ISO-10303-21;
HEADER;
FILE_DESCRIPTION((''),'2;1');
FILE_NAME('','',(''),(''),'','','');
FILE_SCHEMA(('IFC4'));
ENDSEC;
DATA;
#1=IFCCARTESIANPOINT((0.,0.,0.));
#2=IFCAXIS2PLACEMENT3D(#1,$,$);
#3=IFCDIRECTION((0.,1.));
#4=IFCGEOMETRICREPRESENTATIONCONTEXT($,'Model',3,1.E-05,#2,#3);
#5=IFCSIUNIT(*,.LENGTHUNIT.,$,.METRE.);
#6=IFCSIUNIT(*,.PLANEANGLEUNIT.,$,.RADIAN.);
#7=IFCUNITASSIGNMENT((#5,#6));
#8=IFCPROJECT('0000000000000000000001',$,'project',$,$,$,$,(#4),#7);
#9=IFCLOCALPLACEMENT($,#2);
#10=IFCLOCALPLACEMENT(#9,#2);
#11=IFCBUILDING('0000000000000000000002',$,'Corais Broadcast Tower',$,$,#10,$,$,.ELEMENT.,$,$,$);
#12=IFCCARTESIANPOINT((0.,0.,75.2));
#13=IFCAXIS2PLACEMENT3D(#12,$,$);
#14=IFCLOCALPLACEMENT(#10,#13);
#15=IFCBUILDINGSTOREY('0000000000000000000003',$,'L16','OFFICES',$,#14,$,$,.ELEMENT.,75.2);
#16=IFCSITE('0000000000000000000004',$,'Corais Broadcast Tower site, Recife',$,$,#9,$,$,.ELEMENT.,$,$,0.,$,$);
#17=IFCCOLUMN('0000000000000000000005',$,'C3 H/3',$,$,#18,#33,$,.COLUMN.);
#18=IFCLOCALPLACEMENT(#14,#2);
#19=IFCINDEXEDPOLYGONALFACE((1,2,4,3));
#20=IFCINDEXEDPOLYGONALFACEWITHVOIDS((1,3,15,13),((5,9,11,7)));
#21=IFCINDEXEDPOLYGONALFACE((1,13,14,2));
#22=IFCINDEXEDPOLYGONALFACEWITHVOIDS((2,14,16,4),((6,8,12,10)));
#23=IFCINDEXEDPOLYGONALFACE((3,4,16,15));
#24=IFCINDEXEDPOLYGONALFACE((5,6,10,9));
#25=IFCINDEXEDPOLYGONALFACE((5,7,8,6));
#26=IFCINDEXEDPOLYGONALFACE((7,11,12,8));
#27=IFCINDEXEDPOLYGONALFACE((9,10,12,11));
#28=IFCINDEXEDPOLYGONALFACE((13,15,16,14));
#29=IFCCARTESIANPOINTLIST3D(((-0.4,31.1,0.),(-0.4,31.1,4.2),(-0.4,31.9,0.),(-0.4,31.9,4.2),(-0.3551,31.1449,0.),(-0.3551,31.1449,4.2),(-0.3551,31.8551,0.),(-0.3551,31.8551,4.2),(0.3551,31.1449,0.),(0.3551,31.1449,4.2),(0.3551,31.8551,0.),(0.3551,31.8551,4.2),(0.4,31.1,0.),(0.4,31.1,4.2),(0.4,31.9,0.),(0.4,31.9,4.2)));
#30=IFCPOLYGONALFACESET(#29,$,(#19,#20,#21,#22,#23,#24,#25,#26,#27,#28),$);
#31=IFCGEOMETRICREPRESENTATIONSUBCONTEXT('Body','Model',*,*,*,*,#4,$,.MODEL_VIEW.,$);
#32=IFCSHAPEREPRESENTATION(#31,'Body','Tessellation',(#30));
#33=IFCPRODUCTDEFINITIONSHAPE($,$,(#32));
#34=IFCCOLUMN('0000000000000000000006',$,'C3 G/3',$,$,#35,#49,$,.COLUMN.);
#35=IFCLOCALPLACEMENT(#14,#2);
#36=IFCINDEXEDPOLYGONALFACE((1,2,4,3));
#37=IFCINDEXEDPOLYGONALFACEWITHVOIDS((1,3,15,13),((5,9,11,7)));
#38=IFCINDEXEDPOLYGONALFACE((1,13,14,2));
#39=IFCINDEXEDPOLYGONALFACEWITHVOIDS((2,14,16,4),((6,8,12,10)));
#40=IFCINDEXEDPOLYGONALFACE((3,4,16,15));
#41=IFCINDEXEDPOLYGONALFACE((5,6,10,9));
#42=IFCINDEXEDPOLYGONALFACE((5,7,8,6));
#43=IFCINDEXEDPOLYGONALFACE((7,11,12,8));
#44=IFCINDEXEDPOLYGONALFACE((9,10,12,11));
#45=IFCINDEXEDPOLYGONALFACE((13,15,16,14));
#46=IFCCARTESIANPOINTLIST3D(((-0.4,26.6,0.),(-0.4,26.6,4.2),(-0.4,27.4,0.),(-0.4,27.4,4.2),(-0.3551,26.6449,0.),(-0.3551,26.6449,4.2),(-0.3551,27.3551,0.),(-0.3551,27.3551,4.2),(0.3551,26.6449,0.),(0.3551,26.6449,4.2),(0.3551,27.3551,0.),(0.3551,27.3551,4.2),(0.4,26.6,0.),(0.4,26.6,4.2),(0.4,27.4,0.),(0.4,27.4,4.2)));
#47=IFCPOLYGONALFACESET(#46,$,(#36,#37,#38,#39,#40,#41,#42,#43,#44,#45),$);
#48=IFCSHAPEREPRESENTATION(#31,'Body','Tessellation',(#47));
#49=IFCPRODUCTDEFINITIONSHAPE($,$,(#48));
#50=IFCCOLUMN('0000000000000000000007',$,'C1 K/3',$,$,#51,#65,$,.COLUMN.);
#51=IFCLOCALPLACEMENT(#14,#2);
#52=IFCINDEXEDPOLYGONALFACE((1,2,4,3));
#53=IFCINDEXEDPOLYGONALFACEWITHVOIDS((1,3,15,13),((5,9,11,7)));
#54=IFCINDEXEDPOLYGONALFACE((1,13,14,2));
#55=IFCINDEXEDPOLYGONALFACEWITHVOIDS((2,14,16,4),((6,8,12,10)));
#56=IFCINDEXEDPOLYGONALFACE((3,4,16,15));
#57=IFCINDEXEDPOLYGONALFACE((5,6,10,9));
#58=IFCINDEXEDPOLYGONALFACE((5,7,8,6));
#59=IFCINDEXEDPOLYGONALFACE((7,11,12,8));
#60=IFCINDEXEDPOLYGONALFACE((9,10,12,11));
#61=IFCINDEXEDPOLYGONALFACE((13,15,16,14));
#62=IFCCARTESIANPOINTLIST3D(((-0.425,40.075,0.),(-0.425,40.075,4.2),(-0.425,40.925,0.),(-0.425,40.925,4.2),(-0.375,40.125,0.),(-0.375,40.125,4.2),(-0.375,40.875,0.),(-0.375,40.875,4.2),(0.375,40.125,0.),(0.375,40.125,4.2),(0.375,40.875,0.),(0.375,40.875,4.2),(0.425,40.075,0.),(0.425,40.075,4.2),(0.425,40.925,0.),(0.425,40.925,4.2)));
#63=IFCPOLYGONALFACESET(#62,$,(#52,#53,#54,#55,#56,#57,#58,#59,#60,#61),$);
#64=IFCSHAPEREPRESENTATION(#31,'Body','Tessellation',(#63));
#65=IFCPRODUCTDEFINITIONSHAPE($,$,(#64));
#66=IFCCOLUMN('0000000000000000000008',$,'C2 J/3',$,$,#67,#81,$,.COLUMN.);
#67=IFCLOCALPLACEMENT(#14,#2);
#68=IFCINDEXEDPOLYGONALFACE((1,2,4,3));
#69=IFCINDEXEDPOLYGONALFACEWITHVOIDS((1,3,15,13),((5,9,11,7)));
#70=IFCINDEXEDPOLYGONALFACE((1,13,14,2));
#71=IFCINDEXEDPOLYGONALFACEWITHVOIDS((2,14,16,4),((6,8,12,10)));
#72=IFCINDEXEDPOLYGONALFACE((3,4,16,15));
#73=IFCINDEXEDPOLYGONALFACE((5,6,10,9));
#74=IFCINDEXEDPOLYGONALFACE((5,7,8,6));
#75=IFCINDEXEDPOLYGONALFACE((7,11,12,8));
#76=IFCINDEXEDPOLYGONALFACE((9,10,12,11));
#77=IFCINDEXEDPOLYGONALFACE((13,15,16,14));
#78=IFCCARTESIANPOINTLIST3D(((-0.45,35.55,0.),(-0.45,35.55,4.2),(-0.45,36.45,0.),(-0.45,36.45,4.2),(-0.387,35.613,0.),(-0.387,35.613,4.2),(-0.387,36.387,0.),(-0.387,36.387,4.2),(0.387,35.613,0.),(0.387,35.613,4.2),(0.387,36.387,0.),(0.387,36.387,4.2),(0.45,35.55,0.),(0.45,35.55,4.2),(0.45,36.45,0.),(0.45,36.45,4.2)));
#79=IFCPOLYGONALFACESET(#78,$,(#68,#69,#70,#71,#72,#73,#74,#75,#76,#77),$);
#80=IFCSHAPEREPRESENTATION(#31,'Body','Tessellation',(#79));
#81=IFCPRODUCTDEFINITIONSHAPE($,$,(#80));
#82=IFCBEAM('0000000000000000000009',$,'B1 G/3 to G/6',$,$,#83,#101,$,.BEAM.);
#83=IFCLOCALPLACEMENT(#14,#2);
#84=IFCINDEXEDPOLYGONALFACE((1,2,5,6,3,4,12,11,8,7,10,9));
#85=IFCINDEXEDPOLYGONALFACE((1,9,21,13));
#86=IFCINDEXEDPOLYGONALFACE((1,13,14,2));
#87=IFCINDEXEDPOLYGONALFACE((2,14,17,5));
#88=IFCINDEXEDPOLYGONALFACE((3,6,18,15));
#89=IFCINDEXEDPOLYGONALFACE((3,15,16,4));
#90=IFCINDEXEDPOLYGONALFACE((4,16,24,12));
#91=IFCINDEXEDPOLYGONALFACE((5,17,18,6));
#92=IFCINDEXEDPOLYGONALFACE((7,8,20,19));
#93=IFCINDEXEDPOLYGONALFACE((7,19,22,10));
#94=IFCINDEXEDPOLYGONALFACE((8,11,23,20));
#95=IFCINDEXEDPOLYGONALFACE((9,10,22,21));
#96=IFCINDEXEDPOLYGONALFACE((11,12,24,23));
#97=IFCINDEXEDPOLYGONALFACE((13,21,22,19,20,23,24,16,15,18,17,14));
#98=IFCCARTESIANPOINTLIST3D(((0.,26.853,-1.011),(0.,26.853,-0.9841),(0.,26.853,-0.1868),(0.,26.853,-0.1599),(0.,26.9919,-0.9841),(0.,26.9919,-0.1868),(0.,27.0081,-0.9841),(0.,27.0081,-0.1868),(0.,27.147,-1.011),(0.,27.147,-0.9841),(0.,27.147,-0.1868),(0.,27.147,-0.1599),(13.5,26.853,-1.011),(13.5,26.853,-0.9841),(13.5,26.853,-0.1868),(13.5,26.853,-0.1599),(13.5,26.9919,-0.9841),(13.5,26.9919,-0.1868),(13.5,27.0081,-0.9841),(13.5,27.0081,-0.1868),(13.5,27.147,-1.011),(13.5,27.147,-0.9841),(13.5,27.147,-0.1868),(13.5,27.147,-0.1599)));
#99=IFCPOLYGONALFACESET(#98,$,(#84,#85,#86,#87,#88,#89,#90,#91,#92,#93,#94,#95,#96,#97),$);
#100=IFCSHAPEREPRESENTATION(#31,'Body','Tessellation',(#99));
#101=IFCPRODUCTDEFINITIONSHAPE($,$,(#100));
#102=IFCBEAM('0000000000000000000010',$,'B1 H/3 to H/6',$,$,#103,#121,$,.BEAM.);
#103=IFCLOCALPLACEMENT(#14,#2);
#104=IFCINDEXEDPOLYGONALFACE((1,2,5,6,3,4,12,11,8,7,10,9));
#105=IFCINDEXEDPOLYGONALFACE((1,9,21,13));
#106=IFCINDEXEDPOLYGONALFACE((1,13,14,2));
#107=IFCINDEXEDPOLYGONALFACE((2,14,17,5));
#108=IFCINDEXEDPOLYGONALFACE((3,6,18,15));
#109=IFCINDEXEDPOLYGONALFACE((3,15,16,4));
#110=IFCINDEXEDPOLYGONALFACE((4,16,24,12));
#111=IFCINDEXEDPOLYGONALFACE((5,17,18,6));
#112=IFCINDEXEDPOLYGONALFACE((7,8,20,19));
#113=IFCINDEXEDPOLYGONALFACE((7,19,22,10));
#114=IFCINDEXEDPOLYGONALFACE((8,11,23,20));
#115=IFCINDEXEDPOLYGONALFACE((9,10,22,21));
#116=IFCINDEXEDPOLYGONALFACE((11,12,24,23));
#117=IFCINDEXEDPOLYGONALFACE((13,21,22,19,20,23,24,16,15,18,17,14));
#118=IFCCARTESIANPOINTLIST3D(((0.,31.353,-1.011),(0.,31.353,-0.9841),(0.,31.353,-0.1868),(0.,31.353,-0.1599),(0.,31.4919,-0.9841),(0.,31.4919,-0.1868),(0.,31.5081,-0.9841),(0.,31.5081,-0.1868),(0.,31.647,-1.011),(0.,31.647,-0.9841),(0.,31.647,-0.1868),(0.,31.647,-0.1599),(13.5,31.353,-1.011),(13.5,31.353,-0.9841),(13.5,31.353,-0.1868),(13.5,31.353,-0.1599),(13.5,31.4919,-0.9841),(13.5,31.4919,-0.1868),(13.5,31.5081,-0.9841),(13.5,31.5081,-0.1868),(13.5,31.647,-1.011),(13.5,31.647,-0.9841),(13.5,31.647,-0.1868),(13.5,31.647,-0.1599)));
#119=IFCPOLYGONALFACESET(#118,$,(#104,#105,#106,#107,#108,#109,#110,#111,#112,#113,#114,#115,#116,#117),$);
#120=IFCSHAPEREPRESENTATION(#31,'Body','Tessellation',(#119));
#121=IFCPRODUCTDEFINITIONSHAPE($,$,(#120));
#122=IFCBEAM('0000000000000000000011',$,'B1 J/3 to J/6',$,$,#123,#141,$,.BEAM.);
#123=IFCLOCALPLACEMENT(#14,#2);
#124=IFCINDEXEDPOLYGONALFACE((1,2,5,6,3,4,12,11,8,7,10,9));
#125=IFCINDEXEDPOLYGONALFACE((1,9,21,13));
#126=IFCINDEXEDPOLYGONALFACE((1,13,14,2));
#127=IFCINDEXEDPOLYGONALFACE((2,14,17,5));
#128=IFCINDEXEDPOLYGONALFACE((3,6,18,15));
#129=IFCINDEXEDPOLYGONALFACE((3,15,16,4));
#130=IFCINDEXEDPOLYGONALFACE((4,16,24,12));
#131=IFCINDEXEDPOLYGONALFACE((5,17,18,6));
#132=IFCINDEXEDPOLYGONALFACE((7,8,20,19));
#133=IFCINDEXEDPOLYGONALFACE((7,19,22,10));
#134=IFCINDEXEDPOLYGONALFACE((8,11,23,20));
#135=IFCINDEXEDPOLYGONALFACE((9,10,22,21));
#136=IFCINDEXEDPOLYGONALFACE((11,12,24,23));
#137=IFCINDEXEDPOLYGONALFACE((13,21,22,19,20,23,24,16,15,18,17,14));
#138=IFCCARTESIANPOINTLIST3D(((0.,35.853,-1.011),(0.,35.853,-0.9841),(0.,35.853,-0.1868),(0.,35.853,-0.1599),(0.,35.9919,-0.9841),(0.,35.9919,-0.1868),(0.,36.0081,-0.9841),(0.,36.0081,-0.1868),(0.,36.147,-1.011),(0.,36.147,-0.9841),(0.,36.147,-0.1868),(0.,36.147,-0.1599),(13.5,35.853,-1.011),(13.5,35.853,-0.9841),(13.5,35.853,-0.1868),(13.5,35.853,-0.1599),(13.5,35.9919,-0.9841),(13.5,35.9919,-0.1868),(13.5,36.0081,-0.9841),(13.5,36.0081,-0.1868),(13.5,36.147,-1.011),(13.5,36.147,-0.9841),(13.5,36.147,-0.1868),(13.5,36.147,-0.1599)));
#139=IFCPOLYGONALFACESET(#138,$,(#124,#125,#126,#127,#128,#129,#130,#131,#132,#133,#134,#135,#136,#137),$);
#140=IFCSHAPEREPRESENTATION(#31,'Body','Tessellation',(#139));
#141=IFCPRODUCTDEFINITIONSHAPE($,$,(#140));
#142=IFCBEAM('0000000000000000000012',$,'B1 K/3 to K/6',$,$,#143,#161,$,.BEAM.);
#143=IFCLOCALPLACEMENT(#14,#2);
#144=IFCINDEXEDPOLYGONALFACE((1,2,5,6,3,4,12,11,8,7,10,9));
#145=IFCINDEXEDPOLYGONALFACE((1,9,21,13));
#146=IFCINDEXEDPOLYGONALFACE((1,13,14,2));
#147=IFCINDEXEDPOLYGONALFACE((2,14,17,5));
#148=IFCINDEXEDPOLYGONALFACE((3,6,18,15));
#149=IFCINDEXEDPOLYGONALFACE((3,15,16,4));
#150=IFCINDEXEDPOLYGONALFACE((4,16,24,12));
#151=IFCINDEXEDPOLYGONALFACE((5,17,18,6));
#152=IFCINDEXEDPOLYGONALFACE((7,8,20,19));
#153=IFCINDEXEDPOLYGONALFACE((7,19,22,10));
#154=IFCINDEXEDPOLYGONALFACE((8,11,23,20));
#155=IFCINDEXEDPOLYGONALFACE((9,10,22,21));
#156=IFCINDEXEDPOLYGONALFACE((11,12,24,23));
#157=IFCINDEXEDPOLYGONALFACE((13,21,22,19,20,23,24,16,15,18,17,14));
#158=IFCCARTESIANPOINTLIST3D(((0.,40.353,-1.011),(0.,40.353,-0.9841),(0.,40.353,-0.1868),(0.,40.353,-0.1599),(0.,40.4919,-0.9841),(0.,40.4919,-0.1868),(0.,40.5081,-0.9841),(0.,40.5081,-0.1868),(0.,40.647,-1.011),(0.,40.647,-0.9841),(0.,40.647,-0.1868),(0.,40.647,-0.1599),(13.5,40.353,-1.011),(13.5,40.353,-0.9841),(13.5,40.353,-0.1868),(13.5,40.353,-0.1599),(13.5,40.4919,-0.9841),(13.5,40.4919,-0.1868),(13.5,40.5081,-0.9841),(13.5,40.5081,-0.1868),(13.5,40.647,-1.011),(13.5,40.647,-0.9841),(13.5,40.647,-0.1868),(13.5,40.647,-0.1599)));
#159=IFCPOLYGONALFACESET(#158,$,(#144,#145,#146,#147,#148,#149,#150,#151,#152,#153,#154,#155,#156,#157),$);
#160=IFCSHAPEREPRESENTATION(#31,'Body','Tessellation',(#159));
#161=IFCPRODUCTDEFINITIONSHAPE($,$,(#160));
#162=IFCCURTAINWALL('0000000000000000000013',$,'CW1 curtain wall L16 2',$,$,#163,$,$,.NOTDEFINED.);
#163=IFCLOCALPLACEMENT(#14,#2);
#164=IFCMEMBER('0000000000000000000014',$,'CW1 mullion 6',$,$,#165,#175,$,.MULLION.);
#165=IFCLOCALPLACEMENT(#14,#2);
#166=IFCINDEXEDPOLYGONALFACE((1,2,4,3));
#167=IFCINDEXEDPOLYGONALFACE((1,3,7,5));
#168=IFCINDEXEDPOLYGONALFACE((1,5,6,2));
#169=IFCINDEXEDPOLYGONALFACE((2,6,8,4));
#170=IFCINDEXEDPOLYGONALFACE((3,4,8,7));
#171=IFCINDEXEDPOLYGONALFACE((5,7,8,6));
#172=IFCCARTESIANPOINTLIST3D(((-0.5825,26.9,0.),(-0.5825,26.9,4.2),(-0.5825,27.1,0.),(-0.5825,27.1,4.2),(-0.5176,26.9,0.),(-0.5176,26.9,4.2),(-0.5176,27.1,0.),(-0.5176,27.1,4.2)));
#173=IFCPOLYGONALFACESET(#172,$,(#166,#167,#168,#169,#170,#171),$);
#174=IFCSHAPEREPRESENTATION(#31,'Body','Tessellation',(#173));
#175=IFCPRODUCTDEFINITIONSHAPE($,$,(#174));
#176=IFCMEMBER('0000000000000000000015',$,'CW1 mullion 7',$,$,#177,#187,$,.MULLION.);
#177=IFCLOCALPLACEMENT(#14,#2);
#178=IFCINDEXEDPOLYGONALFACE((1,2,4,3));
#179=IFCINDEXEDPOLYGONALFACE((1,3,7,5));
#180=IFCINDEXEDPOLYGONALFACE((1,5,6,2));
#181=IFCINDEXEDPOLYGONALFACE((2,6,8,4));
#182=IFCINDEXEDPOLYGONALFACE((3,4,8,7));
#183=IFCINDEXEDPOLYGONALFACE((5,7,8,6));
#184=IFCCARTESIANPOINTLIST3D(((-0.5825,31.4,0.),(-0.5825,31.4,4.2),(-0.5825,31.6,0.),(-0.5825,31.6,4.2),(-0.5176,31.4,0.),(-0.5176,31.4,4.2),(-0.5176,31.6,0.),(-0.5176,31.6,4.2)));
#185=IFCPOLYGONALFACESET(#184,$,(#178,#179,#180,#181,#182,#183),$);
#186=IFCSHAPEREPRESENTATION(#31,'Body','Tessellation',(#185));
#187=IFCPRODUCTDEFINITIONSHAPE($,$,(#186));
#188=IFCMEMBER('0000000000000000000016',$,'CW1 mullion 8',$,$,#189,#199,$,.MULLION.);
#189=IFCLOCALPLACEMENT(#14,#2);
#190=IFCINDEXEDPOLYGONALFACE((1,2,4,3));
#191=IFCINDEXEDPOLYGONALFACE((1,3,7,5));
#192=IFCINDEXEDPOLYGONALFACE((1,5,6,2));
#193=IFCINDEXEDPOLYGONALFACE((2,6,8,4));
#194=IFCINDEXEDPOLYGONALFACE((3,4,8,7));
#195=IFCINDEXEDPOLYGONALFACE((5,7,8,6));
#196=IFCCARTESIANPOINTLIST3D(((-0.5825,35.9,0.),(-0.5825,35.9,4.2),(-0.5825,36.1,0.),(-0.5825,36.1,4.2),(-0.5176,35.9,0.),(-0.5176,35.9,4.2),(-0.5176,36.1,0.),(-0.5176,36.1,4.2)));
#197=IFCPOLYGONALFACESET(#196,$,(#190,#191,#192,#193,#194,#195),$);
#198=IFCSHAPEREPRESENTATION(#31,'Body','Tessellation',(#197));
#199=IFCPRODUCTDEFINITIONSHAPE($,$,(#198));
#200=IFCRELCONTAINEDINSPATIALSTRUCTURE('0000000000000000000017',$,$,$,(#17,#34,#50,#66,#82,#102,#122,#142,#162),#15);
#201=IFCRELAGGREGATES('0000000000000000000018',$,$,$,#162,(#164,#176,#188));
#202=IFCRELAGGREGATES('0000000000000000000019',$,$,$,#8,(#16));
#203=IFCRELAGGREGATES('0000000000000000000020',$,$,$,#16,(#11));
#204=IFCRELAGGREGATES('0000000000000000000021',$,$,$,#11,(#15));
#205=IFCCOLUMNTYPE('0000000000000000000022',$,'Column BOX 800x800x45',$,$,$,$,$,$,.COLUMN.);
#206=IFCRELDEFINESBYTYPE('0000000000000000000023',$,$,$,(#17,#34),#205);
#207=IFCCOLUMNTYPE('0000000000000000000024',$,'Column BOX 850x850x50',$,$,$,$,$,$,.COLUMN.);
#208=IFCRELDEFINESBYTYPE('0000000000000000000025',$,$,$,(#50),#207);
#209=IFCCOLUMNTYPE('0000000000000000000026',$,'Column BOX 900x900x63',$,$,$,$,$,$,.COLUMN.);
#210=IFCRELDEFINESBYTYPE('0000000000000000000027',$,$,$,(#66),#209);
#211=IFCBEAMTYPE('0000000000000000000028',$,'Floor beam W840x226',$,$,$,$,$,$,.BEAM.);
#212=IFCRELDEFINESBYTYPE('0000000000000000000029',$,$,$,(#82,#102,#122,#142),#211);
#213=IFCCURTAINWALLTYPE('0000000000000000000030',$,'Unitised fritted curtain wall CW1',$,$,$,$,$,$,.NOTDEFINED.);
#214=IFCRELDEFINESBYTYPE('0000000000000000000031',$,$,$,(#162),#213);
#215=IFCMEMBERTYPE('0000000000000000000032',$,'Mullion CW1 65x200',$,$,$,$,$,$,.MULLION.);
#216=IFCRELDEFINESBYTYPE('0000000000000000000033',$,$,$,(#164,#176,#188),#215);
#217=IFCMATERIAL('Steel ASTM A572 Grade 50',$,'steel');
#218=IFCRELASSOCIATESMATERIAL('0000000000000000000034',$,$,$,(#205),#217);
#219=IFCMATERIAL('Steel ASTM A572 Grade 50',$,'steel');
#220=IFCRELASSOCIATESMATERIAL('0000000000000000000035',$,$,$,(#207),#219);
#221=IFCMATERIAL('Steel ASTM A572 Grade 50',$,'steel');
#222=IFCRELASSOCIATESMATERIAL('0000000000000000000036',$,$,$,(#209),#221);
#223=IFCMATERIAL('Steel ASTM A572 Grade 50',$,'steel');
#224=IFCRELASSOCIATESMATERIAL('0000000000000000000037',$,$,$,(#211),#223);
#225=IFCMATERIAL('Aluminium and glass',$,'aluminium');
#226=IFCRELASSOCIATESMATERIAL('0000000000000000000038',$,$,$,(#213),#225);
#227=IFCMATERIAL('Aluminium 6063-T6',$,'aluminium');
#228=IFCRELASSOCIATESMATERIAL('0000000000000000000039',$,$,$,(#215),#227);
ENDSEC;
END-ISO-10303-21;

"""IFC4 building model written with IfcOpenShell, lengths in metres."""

from ifc_helpers import new_model, si_unit, direction, frame, origin, origin_2d, place, context, subcontext, project, spatial, rectangle, hollow_rectangle, i_section, extrude, material, material_profile, profile_set, type_object, element, aggregate, save


model = new_model("IFC4")

# Units and contexts
model_context = context("Model", 3, precision=1e-05, world=origin(), true_north=direction((0.0, 1.0)))
body_context = subcontext(model_context, "Body", "Model", "MODEL_VIEW")
ifc_project = project(units=[si_unit("LENGTHUNIT", "METRE"), si_unit("PLANEANGLEUNIT", "RADIAN")], contexts=[model_context])

# Site, building, storey
site_placement = place(None, origin())
site = spatial("IfcSite", under=ifc_project, at=site_placement, Name="Corais Broadcast Tower site, Recife", CompositionType="ELEMENT", RefElevation=0.0)
building_placement = place(site_placement, origin())
building = spatial("IfcBuilding", under=site, at=building_placement, Name="Corais Broadcast Tower", CompositionType="ELEMENT")
storey_placement = place(building_placement, frame((0.0, 0.0, 75.2)))
storey = spatial("IfcBuildingStorey", under=building, at=storey_placement, Name="L16", Description="OFFICES", CompositionType="ELEMENT", Elevation=75.2)

# Columns
ifc_material_1 = material(Name="Steel ASTM A572 Grade 50", Category="steel")
ifc_material_profile_1 = material_profile(ifc_material_1, hollow_rectangle(XDim=0.8, YDim=0.8, WallThickness=0.0449, at=origin_2d()), Name="BOX 800x800x45")
ifc_profile_set_1 = profile_set([ifc_material_profile_1], Name="Steel ASTM A572 Grade 50")
column_type_1 = type_object("IfcColumnType", Name="Column BOX 800x800x45", PredefinedType="COLUMN", material=ifc_profile_set_1)
for number, where, z_axis, x_axis, name in (
    (1, (0.0, 31.5, 0.0), (0.0, 0.0, 1.0), (1.0, 0.0, 0.0), "C3 H/3"),
    (2, (0.0, 27.0, 0.0), (0.0, 0.0, 1.0), (1.0, 0.0, 0.0), "C3 G/3"),
):
    element("IfcColumn", number, at=place(storey_placement, frame(where, z_axis=z_axis, x_axis=x_axis)), inside=storey, type_object=column_type_1, Name=name, PredefinedType="COLUMN", context=body_context, shape_type="SweptSolid", body=[
        extrude(hollow_rectangle(XDim=0.8, YDim=0.8, WallThickness=0.0449, at=origin_2d()), origin(), (0.0, 0.0, 1.0), 4.2),
    ])
ifc_material_2 = material(Name="Steel ASTM A572 Grade 50", Category="steel")
ifc_material_profile_2 = material_profile(ifc_material_2, hollow_rectangle(XDim=0.8501, YDim=0.8501, WallThickness=0.05, at=origin_2d()), Name="BOX 850x850x50")
ifc_profile_set_2 = profile_set([ifc_material_profile_2], Name="Steel ASTM A572 Grade 50")
column_type_2 = type_object("IfcColumnType", Name="Column BOX 850x850x50", PredefinedType="COLUMN", material=ifc_profile_set_2)
column_1_placement = place(storey_placement, frame((0.0, 40.5, 0.0), z_axis=(0.0, 0.0, 1.0), x_axis=(1.0, 0.0, 0.0)))
element("IfcColumn", 3, at=column_1_placement, inside=storey, type_object=column_type_2, Name="C1 K/3", PredefinedType="COLUMN", context=body_context, shape_type="SweptSolid", body=[
    extrude(hollow_rectangle(XDim=0.8501, YDim=0.8501, WallThickness=0.05, at=origin_2d()), origin(), (0.0, 0.0, 1.0), 4.2),
])
ifc_material_3 = material(Name="Steel ASTM A572 Grade 50", Category="steel")
ifc_material_profile_3 = material_profile(ifc_material_3, hollow_rectangle(XDim=0.8999, YDim=0.8999, WallThickness=0.063, at=origin_2d()), Name="BOX 900x900x63")
ifc_profile_set_3 = profile_set([ifc_material_profile_3], Name="Steel ASTM A572 Grade 50")
column_type_3 = type_object("IfcColumnType", Name="Column BOX 900x900x63", PredefinedType="COLUMN", material=ifc_profile_set_3)
column_2_placement = place(storey_placement, frame((0.0, 36.0, 0.0), z_axis=(0.0, 0.0, 1.0), x_axis=(1.0, 0.0, 0.0)))
element("IfcColumn", 4, at=column_2_placement, inside=storey, type_object=column_type_3, Name="C2 J/3", PredefinedType="COLUMN", context=body_context, shape_type="SweptSolid", body=[
    extrude(hollow_rectangle(XDim=0.8999, YDim=0.8999, WallThickness=0.063, at=origin_2d()), origin(), (0.0, 0.0, 1.0), 4.2),
])

# Beams
ifc_material_4 = material(Name="Steel ASTM A572 Grade 50", Category="steel")
ifc_material_profile_4 = material_profile(ifc_material_4, i_section(OverallWidth=0.2939, OverallDepth=0.8511, WebThickness=0.0161, FlangeThickness=0.0269, at=origin_2d()), Name="W840x226")
ifc_profile_set_4 = profile_set([ifc_material_profile_4], Name="Steel ASTM A572 Grade 50")
beam_type_1 = type_object("IfcBeamType", Name="Floor beam W840x226", PredefinedType="BEAM", material=ifc_profile_set_4)
for number, where, z_axis, x_axis, name in (
    (5, (0.0, 27.0, -0.5854), (1.0, 0.0, 0.0), (0.0, 1.0, 0.0), "B1 G/3 to G/6"),
    (6, (0.0, 31.5, -0.5854), (1.0, 0.0, 0.0), (0.0, 1.0, 0.0), "B1 H/3 to H/6"),
    (7, (0.0, 36.0, -0.5854), (1.0, 0.0, 0.0), (0.0, 1.0, 0.0), "B1 J/3 to J/6"),
    (8, (0.0, 40.5, -0.5854), (1.0, 0.0, 0.0), (0.0, 1.0, 0.0), "B1 K/3 to K/6"),
):
    element("IfcBeam", number, at=place(storey_placement, frame(where, z_axis=z_axis, x_axis=x_axis)), inside=storey, type_object=beam_type_1, Name=name, PredefinedType="BEAM", context=body_context, shape_type="SweptSolid", body=[
        extrude(i_section(OverallWidth=0.2939, OverallDepth=0.8511, WebThickness=0.0161, FlangeThickness=0.0269, at=origin_2d()), origin(), (0.0, 0.0, 1.0), 13.5),
    ])

# Curtain wall, members
ifc_material_5 = material(Name="Aluminium and glass", Category="aluminium")
curtain_wall_type = type_object("IfcCurtainWallType", Name="Unitised fritted curtain wall CW1", PredefinedType="NOTDEFINED", material=ifc_material_5)
curtain_wall_placement = place(storey_placement, origin())
curtain_wall = element("IfcCurtainWall", 9, at=curtain_wall_placement, inside=storey, type_object=curtain_wall_type, Name="CW1 curtain wall L16 2", PredefinedType="NOTDEFINED")
ifc_material_6 = material(Name="Aluminium 6063-T6", Category="aluminium")
ifc_material_profile_5 = material_profile(ifc_material_6, rectangle(XDim=0.0649, YDim=0.2, at=origin_2d()), Name="Mullion CW1 65x200")
ifc_profile_set_5 = profile_set([ifc_material_profile_5], Name="Aluminium 6063-T6")
member_type_1 = type_object("IfcMemberType", Name="Mullion CW1 65x200", PredefinedType="MULLION", material=ifc_profile_set_5)
member_1_placement = place(storey_placement, frame((-0.55, 27.0, 0.0), z_axis=(0.0, 0.0, 1.0), x_axis=(-1.0, 0.0, 0.0)))
member_1 = element("IfcMember", 10, at=member_1_placement, type_object=member_type_1, Name="CW1 mullion 6", PredefinedType="MULLION", context=body_context, shape_type="SweptSolid", body=[
    extrude(rectangle(XDim=0.0649, YDim=0.2, at=origin_2d()), origin(), (0.0, 0.0, 1.0), 4.2),
])
member_2_placement = place(storey_placement, frame((-0.55, 31.5, 0.0), z_axis=(0.0, 0.0, 1.0), x_axis=(-1.0, 0.0, 0.0)))
member_2 = element("IfcMember", 11, at=member_2_placement, type_object=member_type_1, Name="CW1 mullion 7", PredefinedType="MULLION", context=body_context, shape_type="SweptSolid", body=[
    extrude(rectangle(XDim=0.0649, YDim=0.2, at=origin_2d()), origin(), (0.0, 0.0, 1.0), 4.2),
])
member_3_placement = place(storey_placement, frame((-0.55, 36.0, 0.0), z_axis=(0.0, 0.0, 1.0), x_axis=(-1.0, 0.0, 0.0)))
member_3 = element("IfcMember", 12, at=member_3_placement, type_object=member_type_1, Name="CW1 mullion 8", PredefinedType="MULLION", context=body_context, shape_type="SweptSolid", body=[
    extrude(rectangle(XDim=0.0649, YDim=0.2, at=origin_2d()), origin(), (0.0, 0.0, 1.0), 4.2),
])

aggregate(curtain_wall, [member_1, member_2, member_3])

save(model, "model.ifc")
